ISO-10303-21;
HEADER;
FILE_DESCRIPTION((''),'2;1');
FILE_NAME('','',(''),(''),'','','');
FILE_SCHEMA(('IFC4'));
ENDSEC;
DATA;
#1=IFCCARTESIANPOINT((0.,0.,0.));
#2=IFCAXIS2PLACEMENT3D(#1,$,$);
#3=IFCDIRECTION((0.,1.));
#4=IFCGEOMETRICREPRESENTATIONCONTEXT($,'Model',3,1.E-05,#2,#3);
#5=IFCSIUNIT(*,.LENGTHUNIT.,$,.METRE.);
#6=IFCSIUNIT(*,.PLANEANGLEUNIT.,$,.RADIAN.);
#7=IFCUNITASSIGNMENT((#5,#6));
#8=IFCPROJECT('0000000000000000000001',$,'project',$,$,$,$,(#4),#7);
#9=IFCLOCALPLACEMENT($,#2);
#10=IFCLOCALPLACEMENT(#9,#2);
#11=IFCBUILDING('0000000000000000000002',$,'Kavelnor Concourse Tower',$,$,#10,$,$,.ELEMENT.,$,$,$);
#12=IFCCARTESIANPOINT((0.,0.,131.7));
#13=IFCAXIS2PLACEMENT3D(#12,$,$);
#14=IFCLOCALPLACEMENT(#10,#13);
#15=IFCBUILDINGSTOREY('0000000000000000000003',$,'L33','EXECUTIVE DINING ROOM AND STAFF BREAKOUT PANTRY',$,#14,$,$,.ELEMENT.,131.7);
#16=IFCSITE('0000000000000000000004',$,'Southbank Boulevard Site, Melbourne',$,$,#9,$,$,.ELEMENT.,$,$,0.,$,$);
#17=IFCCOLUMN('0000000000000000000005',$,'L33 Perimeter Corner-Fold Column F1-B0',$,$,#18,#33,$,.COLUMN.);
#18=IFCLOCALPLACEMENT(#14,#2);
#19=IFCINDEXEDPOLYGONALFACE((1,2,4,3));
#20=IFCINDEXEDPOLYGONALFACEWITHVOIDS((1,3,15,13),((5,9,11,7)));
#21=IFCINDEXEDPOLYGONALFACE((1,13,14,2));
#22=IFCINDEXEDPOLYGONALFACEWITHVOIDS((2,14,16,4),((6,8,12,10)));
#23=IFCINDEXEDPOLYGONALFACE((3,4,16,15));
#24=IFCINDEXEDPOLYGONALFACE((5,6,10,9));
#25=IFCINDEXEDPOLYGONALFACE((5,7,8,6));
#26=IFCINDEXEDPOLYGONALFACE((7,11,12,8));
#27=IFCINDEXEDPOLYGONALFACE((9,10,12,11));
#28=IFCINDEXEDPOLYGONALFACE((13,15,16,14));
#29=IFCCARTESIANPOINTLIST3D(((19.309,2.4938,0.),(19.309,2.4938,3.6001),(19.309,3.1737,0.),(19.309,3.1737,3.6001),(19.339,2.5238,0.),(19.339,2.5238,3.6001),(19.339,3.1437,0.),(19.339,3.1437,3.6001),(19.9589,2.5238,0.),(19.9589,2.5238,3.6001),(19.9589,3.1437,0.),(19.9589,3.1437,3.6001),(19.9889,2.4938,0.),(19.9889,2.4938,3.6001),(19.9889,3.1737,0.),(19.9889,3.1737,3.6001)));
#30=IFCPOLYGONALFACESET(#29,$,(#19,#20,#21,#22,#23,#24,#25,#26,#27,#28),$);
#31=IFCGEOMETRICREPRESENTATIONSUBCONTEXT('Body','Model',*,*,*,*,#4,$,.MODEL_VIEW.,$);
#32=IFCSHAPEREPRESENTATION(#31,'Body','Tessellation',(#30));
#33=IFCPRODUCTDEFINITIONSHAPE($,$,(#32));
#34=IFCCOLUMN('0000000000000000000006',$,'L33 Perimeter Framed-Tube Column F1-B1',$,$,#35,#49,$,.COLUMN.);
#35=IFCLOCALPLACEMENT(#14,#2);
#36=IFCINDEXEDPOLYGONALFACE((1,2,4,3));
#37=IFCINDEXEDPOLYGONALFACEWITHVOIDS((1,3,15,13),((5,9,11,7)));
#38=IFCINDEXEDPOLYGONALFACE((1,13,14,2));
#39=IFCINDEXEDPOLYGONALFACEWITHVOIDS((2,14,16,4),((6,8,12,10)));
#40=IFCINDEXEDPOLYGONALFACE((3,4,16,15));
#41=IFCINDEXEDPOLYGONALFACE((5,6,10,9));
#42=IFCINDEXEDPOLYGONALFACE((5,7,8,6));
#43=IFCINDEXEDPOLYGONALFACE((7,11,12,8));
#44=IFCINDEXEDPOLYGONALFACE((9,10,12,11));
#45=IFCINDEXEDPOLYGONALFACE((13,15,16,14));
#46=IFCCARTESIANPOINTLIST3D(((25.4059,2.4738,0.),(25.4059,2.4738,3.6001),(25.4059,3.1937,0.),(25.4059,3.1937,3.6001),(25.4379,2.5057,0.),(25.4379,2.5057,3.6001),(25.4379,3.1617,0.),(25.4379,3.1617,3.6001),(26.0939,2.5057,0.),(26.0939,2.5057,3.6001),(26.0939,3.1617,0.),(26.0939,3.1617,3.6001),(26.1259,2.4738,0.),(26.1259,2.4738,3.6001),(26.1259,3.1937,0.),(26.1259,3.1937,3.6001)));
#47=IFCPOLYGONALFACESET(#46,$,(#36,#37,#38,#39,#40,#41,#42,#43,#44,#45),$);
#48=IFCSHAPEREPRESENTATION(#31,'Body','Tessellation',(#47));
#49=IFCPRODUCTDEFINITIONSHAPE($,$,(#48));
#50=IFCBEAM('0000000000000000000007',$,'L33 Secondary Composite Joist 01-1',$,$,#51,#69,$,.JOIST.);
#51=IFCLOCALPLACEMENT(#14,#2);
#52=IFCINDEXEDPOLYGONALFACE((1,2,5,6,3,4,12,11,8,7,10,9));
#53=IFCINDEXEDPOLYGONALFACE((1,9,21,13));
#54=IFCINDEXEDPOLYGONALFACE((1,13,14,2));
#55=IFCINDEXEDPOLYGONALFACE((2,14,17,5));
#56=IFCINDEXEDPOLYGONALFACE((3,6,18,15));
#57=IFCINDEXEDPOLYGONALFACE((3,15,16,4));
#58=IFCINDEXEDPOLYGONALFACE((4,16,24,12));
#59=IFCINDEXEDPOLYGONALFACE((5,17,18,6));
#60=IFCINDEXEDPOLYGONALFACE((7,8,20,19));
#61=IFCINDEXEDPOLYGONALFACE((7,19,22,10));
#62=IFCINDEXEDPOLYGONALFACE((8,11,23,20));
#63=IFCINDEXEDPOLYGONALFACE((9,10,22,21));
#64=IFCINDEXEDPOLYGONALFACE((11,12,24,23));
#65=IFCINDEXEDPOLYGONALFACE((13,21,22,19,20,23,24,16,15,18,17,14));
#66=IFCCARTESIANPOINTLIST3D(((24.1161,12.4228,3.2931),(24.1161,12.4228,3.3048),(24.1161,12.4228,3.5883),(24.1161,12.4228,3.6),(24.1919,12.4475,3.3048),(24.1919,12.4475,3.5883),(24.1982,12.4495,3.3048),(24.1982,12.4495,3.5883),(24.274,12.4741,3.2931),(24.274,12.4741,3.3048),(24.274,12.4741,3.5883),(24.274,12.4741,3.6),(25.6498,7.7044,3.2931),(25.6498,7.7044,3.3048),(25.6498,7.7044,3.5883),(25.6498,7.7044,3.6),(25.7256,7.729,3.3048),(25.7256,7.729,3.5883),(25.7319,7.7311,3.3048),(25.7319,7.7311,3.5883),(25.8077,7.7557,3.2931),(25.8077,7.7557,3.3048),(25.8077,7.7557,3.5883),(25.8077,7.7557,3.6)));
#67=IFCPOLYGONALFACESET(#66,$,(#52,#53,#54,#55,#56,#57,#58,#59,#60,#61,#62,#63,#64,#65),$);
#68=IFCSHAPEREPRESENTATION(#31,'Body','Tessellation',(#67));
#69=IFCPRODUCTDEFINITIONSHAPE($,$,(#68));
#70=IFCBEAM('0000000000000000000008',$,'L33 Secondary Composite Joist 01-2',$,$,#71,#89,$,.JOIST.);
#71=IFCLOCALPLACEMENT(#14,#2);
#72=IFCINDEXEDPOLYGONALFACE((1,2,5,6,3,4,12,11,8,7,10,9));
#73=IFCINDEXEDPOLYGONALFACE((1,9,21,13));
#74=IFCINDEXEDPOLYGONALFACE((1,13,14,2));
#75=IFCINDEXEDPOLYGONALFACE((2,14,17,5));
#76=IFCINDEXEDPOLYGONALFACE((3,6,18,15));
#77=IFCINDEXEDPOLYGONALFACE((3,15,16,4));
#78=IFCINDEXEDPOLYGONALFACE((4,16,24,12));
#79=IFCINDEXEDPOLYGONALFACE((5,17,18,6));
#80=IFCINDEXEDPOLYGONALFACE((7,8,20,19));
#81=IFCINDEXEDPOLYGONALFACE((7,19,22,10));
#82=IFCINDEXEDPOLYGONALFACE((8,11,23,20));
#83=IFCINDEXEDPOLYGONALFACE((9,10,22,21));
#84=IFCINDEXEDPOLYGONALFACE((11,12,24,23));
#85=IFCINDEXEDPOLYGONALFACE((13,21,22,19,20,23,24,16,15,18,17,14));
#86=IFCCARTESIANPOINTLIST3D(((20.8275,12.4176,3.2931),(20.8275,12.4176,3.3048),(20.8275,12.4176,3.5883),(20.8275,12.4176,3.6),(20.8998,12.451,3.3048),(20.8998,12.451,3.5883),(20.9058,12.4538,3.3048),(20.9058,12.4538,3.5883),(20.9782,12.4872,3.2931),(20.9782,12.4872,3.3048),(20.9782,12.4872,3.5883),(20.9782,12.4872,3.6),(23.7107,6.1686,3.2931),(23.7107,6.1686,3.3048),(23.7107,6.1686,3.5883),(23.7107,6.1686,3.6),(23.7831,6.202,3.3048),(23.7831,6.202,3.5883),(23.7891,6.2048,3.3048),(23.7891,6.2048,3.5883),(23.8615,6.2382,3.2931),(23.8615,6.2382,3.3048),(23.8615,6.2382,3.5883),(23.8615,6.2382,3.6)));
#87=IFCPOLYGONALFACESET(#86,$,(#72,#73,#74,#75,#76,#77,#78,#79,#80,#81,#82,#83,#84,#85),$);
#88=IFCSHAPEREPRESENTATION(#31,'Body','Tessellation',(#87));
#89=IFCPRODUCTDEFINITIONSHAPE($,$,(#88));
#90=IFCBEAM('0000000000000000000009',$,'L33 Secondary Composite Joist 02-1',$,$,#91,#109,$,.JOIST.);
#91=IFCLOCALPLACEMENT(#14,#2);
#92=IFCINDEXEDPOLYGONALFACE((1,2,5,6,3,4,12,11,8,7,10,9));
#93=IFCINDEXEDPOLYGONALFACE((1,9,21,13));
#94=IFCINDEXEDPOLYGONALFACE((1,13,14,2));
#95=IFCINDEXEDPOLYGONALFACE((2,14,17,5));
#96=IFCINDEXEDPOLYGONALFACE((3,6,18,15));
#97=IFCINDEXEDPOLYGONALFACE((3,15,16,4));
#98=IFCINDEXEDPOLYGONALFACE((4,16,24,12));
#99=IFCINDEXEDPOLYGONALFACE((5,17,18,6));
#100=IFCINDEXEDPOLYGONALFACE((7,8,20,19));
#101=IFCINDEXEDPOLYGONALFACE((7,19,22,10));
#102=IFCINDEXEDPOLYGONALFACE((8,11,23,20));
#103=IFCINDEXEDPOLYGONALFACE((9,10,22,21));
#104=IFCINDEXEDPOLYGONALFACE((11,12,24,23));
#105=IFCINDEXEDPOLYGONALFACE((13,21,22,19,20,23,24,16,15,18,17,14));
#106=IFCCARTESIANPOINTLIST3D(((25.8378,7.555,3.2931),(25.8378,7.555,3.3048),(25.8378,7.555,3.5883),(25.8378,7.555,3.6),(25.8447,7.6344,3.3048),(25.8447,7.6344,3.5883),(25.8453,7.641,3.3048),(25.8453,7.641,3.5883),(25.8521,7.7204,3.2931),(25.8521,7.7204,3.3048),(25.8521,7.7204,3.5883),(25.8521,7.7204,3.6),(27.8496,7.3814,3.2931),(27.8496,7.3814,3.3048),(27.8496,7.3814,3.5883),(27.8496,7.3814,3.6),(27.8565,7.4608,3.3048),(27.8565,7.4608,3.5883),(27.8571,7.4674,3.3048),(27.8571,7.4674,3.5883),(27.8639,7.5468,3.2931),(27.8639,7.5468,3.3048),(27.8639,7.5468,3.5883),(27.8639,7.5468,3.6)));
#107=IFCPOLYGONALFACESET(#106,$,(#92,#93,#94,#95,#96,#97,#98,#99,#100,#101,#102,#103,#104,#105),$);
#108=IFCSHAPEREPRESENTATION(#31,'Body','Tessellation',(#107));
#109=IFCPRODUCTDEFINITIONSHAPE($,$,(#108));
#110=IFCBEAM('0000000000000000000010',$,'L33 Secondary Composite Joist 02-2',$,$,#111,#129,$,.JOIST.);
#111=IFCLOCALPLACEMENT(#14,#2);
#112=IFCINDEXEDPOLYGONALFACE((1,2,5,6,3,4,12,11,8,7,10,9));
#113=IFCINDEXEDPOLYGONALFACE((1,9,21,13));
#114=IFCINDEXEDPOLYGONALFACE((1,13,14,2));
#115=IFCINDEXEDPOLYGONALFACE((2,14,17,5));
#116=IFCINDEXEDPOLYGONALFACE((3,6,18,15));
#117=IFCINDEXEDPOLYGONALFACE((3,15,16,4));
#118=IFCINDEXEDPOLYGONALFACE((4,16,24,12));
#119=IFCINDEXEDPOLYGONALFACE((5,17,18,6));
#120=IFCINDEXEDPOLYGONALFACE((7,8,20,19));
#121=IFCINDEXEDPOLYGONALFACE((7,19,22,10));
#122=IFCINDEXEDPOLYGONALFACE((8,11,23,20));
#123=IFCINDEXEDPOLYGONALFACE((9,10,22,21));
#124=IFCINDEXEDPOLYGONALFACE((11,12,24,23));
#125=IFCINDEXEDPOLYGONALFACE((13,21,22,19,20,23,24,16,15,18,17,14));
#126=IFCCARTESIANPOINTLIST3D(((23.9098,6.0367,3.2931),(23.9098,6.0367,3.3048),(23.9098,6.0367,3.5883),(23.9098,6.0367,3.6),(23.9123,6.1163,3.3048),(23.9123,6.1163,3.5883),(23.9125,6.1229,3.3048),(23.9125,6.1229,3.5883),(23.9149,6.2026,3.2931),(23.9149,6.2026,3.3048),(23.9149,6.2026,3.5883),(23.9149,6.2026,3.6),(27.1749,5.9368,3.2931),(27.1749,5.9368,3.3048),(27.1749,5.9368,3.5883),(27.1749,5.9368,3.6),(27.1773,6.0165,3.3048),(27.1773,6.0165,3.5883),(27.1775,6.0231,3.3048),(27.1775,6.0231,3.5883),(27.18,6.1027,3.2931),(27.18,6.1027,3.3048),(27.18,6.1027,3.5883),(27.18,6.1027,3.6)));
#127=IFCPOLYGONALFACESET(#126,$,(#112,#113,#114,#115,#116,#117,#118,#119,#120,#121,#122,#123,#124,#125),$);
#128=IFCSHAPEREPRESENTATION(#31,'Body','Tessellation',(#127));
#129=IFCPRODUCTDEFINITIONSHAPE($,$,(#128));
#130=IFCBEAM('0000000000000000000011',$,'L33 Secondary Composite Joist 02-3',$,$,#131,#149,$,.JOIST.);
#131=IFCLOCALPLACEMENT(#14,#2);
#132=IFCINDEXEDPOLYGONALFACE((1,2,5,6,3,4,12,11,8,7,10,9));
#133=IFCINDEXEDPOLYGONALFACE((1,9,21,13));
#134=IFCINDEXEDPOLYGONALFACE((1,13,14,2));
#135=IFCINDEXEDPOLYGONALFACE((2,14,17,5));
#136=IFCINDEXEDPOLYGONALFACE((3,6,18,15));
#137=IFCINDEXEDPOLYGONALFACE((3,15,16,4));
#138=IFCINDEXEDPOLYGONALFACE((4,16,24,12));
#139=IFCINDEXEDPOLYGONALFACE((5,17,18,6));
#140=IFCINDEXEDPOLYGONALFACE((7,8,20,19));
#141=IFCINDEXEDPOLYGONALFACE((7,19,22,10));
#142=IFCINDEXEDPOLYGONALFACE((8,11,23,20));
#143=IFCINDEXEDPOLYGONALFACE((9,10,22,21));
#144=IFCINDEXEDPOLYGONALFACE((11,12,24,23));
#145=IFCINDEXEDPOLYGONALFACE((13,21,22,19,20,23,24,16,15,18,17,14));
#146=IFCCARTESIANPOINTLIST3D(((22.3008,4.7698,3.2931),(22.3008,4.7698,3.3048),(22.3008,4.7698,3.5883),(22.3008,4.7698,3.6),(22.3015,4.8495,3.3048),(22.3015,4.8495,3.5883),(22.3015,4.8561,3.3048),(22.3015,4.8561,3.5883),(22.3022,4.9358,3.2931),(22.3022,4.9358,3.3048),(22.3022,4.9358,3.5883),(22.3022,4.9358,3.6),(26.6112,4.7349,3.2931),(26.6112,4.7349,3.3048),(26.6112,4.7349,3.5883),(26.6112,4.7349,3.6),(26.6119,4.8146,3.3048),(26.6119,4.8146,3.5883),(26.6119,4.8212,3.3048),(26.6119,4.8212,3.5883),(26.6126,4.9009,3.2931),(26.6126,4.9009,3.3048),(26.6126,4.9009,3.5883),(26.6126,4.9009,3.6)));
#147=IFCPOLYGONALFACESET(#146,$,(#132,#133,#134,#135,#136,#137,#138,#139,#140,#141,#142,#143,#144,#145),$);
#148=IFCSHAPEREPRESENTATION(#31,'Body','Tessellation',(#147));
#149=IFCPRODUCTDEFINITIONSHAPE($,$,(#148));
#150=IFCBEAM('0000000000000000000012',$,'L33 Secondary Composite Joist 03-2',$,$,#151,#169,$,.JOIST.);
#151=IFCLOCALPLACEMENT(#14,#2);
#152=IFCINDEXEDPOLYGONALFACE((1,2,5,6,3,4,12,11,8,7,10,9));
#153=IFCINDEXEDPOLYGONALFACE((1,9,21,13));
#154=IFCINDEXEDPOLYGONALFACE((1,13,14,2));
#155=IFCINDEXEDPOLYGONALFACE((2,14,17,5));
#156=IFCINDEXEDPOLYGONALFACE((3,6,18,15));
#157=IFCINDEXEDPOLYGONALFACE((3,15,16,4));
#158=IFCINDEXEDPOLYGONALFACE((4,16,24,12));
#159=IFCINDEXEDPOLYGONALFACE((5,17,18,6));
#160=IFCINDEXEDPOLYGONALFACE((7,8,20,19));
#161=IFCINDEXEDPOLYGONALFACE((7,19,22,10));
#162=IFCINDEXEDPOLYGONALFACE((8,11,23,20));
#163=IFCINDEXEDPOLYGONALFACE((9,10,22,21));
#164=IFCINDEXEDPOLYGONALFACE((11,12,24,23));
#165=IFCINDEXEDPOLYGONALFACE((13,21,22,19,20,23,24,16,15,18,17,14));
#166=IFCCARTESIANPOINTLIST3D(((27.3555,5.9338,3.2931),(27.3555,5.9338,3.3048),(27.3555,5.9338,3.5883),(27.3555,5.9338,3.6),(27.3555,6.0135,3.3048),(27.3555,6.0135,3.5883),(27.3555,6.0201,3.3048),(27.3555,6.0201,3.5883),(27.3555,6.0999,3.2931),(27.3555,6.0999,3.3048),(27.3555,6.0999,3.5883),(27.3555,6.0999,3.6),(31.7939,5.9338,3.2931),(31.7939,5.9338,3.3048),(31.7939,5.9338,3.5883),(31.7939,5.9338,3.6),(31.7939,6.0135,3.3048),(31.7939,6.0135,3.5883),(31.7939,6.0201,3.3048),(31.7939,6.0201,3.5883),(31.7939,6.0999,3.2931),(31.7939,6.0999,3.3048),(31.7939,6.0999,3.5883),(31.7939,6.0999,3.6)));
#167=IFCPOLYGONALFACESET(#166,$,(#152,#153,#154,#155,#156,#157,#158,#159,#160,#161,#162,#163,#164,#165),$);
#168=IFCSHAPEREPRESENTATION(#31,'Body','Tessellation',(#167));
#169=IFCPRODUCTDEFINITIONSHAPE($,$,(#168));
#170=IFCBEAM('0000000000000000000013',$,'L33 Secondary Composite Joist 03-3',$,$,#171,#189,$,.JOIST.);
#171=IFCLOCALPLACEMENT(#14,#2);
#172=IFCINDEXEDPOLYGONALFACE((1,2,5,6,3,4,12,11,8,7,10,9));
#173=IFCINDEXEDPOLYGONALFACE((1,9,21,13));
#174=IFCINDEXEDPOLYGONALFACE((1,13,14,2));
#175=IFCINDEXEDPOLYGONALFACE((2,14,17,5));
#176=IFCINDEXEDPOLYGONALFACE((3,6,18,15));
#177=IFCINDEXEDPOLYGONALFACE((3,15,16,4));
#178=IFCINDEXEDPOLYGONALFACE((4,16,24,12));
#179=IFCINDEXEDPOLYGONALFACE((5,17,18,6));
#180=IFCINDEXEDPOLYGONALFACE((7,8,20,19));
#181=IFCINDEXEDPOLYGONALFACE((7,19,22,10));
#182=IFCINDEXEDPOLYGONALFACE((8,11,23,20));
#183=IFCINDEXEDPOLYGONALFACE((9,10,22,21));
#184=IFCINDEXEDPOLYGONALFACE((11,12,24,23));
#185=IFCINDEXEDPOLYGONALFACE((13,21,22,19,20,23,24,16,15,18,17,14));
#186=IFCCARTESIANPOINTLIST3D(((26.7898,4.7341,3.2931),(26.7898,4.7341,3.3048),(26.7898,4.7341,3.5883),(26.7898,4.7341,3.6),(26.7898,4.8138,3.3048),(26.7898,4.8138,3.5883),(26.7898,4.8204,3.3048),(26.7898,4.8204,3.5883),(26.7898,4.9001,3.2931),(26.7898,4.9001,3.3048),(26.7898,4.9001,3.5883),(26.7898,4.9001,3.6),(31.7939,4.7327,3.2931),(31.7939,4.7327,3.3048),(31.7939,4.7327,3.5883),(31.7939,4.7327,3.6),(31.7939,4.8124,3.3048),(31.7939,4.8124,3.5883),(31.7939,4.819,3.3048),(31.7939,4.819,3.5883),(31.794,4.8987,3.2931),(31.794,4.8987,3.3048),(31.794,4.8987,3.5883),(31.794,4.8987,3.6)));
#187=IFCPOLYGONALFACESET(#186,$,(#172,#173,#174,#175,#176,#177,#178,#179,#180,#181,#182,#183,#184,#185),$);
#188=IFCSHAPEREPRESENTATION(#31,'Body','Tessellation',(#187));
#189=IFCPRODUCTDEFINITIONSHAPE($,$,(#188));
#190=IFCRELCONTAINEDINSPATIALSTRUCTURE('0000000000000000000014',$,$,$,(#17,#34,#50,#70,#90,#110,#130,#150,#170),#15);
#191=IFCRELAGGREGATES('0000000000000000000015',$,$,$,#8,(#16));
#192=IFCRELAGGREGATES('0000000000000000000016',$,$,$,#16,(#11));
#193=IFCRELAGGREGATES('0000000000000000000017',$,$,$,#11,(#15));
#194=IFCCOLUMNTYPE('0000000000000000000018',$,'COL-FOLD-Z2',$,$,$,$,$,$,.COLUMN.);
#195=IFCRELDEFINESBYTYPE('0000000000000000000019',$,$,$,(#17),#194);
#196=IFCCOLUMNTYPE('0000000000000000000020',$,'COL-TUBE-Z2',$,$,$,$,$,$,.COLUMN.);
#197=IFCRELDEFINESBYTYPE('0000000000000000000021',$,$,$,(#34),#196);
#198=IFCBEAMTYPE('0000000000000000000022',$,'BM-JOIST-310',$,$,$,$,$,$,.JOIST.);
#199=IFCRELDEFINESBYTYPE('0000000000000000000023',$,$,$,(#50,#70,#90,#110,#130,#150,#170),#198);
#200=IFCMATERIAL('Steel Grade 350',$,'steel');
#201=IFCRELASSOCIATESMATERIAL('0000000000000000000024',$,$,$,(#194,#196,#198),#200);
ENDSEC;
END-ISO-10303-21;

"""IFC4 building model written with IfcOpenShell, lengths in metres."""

from ifc_helpers import new_model, si_unit, direction, frame, origin, origin_2d, place, context, subcontext, project, spatial, hollow_rectangle, i_section, extrude, material, material_profile, profile_set, type_object, element, save


model = new_model("IFC4")

# Units and contexts
model_context = context("Model", 3, precision=1e-05, world=origin(), true_north=direction((0.0, 1.0)))
body_context = subcontext(model_context, "Body", "Model", "MODEL_VIEW")
ifc_project = project(units=[si_unit("LENGTHUNIT", "METRE"), si_unit("PLANEANGLEUNIT", "RADIAN")], contexts=[model_context])

# Site, building, storey
site_placement = place(None, origin())
site = spatial("IfcSite", under=ifc_project, at=site_placement, Name="Southbank Boulevard Site, Melbourne", CompositionType="ELEMENT", RefElevation=0.0)
building_placement = place(site_placement, origin())
building = spatial("IfcBuilding", under=site, at=building_placement, Name="Kavelnor Concourse Tower", CompositionType="ELEMENT")
storey_placement = place(building_placement, frame((0.0, 0.0, 131.7)))
storey = spatial("IfcBuildingStorey", under=building, at=storey_placement, Name="L33", Description="EXECUTIVE DINING ROOM AND STAFF BREAKOUT PANTRY", CompositionType="ELEMENT", Elevation=131.7)

# Columns
ifc_material_1 = material(Name="Steel Grade 350", Category="steel")
ifc_material_profile_1 = material_profile(ifc_material_1, hollow_rectangle(XDim=0.6799, YDim=0.6799, WallThickness=0.03, at=origin_2d()), Name="SHS 680x680x30")
ifc_profile_set_1 = profile_set([ifc_material_profile_1], Name="Steel Grade 350")
column_type_1 = type_object("IfcColumnType", Name="COL-FOLD-Z2", PredefinedType="COLUMN", material=ifc_profile_set_1)
column_1_placement = place(storey_placement, frame((19.6489, 2.8337, 0.0), z_axis=(0.0, 0.0, 1.0), x_axis=(1.0, 0.0, 0.0)))
element("IfcColumn", 1, at=column_1_placement, inside=storey, type_object=column_type_1, Name="L33 Perimeter Corner-Fold Column F1-B0", PredefinedType="COLUMN", context=body_context, shape_type="SweptSolid", body=[
    extrude(hollow_rectangle(XDim=0.6799, YDim=0.6799, WallThickness=0.03, at=origin_2d()), origin(), (0.0, 0.0, 1.0), 3.6001),
])
ifc_material_profile_2 = material_profile(ifc_material_1, hollow_rectangle(XDim=0.72, YDim=0.72, WallThickness=0.032, at=origin_2d()), Name="SHS 720x720x32")
ifc_profile_set_2 = profile_set([ifc_material_profile_2], Name="Steel Grade 350")
column_type_2 = type_object("IfcColumnType", Name="COL-TUBE-Z2", PredefinedType="COLUMN", material=ifc_profile_set_2)
column_2_placement = place(storey_placement, frame((25.7659, 2.8337, 0.0), z_axis=(0.0, 0.0, 1.0), x_axis=(1.0, 0.0, 0.0)))
element("IfcColumn", 2, at=column_2_placement, inside=storey, type_object=column_type_2, Name="L33 Perimeter Framed-Tube Column F1-B1", PredefinedType="COLUMN", context=body_context, shape_type="SweptSolid", body=[
    extrude(hollow_rectangle(XDim=0.72, YDim=0.72, WallThickness=0.032, at=origin_2d()), origin(), (0.0, 0.0, 1.0), 3.6001),
])

# Beams
ifc_material_profile_3 = material_profile(ifc_material_1, i_section(OverallWidth=0.166, OverallDepth=0.3069, WebThickness=0.0066, FlangeThickness=0.0117, at=origin_2d()), Name="310UB46")
ifc_profile_set_3 = profile_set([ifc_material_profile_3], Name="Steel Grade 350")
beam_type_1 = type_object("IfcBeamType", Name="BM-JOIST-310", PredefinedType="JOIST", material=ifc_profile_set_3)
beam_1_placement = place(storey_placement, frame((24.1951, 12.4485, 3.4465), z_axis=(0.309118, -0.951024, 0.0), x_axis=(0.951024, 0.309118, 0.0)))
element("IfcBeam", 3, at=beam_1_placement, inside=storey, type_object=beam_type_1, Name="L33 Secondary Composite Joist 01-1", PredefinedType="JOIST", context=body_context, shape_type="SweptSolid", body=[
    extrude(i_section(OverallWidth=0.166, OverallDepth=0.3069, WebThickness=0.0066, FlangeThickness=0.0117, at=origin_2d()), origin(), (0.0, 0.0, 1.0), 4.9614),
])
beam_2_placement = place(storey_placement, frame((20.9028, 12.4524, 3.4465), z_axis=(0.418955, -0.908007, 0.0), x_axis=(0.908007, 0.418955, 0.0)))
element("IfcBeam", 4, at=beam_2_placement, inside=storey, type_object=beam_type_1, Name="L33 Secondary Composite Joist 01-2", PredefinedType="JOIST", context=body_context, shape_type="SweptSolid", body=[
    extrude(i_section(OverallWidth=0.166, OverallDepth=0.3069, WebThickness=0.0066, FlangeThickness=0.0117, at=origin_2d()), origin(), (0.0, 0.0, 1.0), 6.8821),
])
beam_3_placement = place(storey_placement, frame((25.845, 7.6377, 3.4465), z_axis=(0.996298, -0.085967, 0.0), x_axis=(0.085967, 0.996298, 0.0)))
element("IfcBeam", 5, at=beam_3_placement, inside=storey, type_object=beam_type_1, Name="L33 Secondary Composite Joist 02-1", PredefinedType="JOIST", context=body_context, shape_type="SweptSolid", body=[
    extrude(i_section(OverallWidth=0.166, OverallDepth=0.3069, WebThickness=0.0066, FlangeThickness=0.0117, at=origin_2d()), origin(), (0.0, 0.0, 1.0), 2.0193),
])
beam_4_placement = place(storey_placement, frame((23.9124, 6.1196, 3.4465), z_axis=(0.999533, -0.030567, 0.0), x_axis=(0.030567, 0.999533, 0.0)))
element("IfcBeam", 6, at=beam_4_placement, inside=storey, type_object=beam_type_1, Name="L33 Secondary Composite Joist 02-2", PredefinedType="JOIST", context=body_context, shape_type="SweptSolid", body=[
    extrude(i_section(OverallWidth=0.166, OverallDepth=0.3069, WebThickness=0.0066, FlangeThickness=0.0117, at=origin_2d()), origin(), (0.0, 0.0, 1.0), 3.2666),
])
beam_5_placement = place(storey_placement, frame((22.3015, 4.8528, 3.4465), z_axis=(0.999967, -0.008099, 0.0), x_axis=(0.008099, 0.999967, 0.0)))
element("IfcBeam", 7, at=beam_5_placement, inside=storey, type_object=beam_type_1, Name="L33 Secondary Composite Joist 02-3", PredefinedType="JOIST", context=body_context, shape_type="SweptSolid", body=[
    extrude(i_section(OverallWidth=0.166, OverallDepth=0.3069, WebThickness=0.0066, FlangeThickness=0.0117, at=origin_2d()), origin(), (0.0, 0.0, 1.0), 4.3105),
])
beam_6_placement = place(storey_placement, frame((27.3555, 6.0168, 3.4465), z_axis=(1.0, 0.0, 0.0), x_axis=(0.0, 1.0, 0.0)))
element("IfcBeam", 8, at=beam_6_placement, inside=storey, type_object=beam_type_1, Name="L33 Secondary Composite Joist 03-2", PredefinedType="JOIST", context=body_context, shape_type="SweptSolid", body=[
    extrude(i_section(OverallWidth=0.166, OverallDepth=0.3069, WebThickness=0.0066, FlangeThickness=0.0117, at=origin_2d()), origin(), (0.0, 0.0, 1.0), 4.4385),
])
beam_7_placement = place(storey_placement, frame((26.7898, 4.8171, 3.4465), z_axis=(1.0, -0.000293, 0.0), x_axis=(0.000293, 1.0, 0.0)))
element("IfcBeam", 9, at=beam_7_placement, inside=storey, type_object=beam_type_1, Name="L33 Secondary Composite Joist 03-3", PredefinedType="JOIST", context=body_context, shape_type="SweptSolid", body=[
    extrude(i_section(OverallWidth=0.166, OverallDepth=0.3069, WebThickness=0.0066, FlangeThickness=0.0117, at=origin_2d()), origin(), (0.0, 0.0, 1.0), 5.0042),
])

save(model, "model.ifc")
